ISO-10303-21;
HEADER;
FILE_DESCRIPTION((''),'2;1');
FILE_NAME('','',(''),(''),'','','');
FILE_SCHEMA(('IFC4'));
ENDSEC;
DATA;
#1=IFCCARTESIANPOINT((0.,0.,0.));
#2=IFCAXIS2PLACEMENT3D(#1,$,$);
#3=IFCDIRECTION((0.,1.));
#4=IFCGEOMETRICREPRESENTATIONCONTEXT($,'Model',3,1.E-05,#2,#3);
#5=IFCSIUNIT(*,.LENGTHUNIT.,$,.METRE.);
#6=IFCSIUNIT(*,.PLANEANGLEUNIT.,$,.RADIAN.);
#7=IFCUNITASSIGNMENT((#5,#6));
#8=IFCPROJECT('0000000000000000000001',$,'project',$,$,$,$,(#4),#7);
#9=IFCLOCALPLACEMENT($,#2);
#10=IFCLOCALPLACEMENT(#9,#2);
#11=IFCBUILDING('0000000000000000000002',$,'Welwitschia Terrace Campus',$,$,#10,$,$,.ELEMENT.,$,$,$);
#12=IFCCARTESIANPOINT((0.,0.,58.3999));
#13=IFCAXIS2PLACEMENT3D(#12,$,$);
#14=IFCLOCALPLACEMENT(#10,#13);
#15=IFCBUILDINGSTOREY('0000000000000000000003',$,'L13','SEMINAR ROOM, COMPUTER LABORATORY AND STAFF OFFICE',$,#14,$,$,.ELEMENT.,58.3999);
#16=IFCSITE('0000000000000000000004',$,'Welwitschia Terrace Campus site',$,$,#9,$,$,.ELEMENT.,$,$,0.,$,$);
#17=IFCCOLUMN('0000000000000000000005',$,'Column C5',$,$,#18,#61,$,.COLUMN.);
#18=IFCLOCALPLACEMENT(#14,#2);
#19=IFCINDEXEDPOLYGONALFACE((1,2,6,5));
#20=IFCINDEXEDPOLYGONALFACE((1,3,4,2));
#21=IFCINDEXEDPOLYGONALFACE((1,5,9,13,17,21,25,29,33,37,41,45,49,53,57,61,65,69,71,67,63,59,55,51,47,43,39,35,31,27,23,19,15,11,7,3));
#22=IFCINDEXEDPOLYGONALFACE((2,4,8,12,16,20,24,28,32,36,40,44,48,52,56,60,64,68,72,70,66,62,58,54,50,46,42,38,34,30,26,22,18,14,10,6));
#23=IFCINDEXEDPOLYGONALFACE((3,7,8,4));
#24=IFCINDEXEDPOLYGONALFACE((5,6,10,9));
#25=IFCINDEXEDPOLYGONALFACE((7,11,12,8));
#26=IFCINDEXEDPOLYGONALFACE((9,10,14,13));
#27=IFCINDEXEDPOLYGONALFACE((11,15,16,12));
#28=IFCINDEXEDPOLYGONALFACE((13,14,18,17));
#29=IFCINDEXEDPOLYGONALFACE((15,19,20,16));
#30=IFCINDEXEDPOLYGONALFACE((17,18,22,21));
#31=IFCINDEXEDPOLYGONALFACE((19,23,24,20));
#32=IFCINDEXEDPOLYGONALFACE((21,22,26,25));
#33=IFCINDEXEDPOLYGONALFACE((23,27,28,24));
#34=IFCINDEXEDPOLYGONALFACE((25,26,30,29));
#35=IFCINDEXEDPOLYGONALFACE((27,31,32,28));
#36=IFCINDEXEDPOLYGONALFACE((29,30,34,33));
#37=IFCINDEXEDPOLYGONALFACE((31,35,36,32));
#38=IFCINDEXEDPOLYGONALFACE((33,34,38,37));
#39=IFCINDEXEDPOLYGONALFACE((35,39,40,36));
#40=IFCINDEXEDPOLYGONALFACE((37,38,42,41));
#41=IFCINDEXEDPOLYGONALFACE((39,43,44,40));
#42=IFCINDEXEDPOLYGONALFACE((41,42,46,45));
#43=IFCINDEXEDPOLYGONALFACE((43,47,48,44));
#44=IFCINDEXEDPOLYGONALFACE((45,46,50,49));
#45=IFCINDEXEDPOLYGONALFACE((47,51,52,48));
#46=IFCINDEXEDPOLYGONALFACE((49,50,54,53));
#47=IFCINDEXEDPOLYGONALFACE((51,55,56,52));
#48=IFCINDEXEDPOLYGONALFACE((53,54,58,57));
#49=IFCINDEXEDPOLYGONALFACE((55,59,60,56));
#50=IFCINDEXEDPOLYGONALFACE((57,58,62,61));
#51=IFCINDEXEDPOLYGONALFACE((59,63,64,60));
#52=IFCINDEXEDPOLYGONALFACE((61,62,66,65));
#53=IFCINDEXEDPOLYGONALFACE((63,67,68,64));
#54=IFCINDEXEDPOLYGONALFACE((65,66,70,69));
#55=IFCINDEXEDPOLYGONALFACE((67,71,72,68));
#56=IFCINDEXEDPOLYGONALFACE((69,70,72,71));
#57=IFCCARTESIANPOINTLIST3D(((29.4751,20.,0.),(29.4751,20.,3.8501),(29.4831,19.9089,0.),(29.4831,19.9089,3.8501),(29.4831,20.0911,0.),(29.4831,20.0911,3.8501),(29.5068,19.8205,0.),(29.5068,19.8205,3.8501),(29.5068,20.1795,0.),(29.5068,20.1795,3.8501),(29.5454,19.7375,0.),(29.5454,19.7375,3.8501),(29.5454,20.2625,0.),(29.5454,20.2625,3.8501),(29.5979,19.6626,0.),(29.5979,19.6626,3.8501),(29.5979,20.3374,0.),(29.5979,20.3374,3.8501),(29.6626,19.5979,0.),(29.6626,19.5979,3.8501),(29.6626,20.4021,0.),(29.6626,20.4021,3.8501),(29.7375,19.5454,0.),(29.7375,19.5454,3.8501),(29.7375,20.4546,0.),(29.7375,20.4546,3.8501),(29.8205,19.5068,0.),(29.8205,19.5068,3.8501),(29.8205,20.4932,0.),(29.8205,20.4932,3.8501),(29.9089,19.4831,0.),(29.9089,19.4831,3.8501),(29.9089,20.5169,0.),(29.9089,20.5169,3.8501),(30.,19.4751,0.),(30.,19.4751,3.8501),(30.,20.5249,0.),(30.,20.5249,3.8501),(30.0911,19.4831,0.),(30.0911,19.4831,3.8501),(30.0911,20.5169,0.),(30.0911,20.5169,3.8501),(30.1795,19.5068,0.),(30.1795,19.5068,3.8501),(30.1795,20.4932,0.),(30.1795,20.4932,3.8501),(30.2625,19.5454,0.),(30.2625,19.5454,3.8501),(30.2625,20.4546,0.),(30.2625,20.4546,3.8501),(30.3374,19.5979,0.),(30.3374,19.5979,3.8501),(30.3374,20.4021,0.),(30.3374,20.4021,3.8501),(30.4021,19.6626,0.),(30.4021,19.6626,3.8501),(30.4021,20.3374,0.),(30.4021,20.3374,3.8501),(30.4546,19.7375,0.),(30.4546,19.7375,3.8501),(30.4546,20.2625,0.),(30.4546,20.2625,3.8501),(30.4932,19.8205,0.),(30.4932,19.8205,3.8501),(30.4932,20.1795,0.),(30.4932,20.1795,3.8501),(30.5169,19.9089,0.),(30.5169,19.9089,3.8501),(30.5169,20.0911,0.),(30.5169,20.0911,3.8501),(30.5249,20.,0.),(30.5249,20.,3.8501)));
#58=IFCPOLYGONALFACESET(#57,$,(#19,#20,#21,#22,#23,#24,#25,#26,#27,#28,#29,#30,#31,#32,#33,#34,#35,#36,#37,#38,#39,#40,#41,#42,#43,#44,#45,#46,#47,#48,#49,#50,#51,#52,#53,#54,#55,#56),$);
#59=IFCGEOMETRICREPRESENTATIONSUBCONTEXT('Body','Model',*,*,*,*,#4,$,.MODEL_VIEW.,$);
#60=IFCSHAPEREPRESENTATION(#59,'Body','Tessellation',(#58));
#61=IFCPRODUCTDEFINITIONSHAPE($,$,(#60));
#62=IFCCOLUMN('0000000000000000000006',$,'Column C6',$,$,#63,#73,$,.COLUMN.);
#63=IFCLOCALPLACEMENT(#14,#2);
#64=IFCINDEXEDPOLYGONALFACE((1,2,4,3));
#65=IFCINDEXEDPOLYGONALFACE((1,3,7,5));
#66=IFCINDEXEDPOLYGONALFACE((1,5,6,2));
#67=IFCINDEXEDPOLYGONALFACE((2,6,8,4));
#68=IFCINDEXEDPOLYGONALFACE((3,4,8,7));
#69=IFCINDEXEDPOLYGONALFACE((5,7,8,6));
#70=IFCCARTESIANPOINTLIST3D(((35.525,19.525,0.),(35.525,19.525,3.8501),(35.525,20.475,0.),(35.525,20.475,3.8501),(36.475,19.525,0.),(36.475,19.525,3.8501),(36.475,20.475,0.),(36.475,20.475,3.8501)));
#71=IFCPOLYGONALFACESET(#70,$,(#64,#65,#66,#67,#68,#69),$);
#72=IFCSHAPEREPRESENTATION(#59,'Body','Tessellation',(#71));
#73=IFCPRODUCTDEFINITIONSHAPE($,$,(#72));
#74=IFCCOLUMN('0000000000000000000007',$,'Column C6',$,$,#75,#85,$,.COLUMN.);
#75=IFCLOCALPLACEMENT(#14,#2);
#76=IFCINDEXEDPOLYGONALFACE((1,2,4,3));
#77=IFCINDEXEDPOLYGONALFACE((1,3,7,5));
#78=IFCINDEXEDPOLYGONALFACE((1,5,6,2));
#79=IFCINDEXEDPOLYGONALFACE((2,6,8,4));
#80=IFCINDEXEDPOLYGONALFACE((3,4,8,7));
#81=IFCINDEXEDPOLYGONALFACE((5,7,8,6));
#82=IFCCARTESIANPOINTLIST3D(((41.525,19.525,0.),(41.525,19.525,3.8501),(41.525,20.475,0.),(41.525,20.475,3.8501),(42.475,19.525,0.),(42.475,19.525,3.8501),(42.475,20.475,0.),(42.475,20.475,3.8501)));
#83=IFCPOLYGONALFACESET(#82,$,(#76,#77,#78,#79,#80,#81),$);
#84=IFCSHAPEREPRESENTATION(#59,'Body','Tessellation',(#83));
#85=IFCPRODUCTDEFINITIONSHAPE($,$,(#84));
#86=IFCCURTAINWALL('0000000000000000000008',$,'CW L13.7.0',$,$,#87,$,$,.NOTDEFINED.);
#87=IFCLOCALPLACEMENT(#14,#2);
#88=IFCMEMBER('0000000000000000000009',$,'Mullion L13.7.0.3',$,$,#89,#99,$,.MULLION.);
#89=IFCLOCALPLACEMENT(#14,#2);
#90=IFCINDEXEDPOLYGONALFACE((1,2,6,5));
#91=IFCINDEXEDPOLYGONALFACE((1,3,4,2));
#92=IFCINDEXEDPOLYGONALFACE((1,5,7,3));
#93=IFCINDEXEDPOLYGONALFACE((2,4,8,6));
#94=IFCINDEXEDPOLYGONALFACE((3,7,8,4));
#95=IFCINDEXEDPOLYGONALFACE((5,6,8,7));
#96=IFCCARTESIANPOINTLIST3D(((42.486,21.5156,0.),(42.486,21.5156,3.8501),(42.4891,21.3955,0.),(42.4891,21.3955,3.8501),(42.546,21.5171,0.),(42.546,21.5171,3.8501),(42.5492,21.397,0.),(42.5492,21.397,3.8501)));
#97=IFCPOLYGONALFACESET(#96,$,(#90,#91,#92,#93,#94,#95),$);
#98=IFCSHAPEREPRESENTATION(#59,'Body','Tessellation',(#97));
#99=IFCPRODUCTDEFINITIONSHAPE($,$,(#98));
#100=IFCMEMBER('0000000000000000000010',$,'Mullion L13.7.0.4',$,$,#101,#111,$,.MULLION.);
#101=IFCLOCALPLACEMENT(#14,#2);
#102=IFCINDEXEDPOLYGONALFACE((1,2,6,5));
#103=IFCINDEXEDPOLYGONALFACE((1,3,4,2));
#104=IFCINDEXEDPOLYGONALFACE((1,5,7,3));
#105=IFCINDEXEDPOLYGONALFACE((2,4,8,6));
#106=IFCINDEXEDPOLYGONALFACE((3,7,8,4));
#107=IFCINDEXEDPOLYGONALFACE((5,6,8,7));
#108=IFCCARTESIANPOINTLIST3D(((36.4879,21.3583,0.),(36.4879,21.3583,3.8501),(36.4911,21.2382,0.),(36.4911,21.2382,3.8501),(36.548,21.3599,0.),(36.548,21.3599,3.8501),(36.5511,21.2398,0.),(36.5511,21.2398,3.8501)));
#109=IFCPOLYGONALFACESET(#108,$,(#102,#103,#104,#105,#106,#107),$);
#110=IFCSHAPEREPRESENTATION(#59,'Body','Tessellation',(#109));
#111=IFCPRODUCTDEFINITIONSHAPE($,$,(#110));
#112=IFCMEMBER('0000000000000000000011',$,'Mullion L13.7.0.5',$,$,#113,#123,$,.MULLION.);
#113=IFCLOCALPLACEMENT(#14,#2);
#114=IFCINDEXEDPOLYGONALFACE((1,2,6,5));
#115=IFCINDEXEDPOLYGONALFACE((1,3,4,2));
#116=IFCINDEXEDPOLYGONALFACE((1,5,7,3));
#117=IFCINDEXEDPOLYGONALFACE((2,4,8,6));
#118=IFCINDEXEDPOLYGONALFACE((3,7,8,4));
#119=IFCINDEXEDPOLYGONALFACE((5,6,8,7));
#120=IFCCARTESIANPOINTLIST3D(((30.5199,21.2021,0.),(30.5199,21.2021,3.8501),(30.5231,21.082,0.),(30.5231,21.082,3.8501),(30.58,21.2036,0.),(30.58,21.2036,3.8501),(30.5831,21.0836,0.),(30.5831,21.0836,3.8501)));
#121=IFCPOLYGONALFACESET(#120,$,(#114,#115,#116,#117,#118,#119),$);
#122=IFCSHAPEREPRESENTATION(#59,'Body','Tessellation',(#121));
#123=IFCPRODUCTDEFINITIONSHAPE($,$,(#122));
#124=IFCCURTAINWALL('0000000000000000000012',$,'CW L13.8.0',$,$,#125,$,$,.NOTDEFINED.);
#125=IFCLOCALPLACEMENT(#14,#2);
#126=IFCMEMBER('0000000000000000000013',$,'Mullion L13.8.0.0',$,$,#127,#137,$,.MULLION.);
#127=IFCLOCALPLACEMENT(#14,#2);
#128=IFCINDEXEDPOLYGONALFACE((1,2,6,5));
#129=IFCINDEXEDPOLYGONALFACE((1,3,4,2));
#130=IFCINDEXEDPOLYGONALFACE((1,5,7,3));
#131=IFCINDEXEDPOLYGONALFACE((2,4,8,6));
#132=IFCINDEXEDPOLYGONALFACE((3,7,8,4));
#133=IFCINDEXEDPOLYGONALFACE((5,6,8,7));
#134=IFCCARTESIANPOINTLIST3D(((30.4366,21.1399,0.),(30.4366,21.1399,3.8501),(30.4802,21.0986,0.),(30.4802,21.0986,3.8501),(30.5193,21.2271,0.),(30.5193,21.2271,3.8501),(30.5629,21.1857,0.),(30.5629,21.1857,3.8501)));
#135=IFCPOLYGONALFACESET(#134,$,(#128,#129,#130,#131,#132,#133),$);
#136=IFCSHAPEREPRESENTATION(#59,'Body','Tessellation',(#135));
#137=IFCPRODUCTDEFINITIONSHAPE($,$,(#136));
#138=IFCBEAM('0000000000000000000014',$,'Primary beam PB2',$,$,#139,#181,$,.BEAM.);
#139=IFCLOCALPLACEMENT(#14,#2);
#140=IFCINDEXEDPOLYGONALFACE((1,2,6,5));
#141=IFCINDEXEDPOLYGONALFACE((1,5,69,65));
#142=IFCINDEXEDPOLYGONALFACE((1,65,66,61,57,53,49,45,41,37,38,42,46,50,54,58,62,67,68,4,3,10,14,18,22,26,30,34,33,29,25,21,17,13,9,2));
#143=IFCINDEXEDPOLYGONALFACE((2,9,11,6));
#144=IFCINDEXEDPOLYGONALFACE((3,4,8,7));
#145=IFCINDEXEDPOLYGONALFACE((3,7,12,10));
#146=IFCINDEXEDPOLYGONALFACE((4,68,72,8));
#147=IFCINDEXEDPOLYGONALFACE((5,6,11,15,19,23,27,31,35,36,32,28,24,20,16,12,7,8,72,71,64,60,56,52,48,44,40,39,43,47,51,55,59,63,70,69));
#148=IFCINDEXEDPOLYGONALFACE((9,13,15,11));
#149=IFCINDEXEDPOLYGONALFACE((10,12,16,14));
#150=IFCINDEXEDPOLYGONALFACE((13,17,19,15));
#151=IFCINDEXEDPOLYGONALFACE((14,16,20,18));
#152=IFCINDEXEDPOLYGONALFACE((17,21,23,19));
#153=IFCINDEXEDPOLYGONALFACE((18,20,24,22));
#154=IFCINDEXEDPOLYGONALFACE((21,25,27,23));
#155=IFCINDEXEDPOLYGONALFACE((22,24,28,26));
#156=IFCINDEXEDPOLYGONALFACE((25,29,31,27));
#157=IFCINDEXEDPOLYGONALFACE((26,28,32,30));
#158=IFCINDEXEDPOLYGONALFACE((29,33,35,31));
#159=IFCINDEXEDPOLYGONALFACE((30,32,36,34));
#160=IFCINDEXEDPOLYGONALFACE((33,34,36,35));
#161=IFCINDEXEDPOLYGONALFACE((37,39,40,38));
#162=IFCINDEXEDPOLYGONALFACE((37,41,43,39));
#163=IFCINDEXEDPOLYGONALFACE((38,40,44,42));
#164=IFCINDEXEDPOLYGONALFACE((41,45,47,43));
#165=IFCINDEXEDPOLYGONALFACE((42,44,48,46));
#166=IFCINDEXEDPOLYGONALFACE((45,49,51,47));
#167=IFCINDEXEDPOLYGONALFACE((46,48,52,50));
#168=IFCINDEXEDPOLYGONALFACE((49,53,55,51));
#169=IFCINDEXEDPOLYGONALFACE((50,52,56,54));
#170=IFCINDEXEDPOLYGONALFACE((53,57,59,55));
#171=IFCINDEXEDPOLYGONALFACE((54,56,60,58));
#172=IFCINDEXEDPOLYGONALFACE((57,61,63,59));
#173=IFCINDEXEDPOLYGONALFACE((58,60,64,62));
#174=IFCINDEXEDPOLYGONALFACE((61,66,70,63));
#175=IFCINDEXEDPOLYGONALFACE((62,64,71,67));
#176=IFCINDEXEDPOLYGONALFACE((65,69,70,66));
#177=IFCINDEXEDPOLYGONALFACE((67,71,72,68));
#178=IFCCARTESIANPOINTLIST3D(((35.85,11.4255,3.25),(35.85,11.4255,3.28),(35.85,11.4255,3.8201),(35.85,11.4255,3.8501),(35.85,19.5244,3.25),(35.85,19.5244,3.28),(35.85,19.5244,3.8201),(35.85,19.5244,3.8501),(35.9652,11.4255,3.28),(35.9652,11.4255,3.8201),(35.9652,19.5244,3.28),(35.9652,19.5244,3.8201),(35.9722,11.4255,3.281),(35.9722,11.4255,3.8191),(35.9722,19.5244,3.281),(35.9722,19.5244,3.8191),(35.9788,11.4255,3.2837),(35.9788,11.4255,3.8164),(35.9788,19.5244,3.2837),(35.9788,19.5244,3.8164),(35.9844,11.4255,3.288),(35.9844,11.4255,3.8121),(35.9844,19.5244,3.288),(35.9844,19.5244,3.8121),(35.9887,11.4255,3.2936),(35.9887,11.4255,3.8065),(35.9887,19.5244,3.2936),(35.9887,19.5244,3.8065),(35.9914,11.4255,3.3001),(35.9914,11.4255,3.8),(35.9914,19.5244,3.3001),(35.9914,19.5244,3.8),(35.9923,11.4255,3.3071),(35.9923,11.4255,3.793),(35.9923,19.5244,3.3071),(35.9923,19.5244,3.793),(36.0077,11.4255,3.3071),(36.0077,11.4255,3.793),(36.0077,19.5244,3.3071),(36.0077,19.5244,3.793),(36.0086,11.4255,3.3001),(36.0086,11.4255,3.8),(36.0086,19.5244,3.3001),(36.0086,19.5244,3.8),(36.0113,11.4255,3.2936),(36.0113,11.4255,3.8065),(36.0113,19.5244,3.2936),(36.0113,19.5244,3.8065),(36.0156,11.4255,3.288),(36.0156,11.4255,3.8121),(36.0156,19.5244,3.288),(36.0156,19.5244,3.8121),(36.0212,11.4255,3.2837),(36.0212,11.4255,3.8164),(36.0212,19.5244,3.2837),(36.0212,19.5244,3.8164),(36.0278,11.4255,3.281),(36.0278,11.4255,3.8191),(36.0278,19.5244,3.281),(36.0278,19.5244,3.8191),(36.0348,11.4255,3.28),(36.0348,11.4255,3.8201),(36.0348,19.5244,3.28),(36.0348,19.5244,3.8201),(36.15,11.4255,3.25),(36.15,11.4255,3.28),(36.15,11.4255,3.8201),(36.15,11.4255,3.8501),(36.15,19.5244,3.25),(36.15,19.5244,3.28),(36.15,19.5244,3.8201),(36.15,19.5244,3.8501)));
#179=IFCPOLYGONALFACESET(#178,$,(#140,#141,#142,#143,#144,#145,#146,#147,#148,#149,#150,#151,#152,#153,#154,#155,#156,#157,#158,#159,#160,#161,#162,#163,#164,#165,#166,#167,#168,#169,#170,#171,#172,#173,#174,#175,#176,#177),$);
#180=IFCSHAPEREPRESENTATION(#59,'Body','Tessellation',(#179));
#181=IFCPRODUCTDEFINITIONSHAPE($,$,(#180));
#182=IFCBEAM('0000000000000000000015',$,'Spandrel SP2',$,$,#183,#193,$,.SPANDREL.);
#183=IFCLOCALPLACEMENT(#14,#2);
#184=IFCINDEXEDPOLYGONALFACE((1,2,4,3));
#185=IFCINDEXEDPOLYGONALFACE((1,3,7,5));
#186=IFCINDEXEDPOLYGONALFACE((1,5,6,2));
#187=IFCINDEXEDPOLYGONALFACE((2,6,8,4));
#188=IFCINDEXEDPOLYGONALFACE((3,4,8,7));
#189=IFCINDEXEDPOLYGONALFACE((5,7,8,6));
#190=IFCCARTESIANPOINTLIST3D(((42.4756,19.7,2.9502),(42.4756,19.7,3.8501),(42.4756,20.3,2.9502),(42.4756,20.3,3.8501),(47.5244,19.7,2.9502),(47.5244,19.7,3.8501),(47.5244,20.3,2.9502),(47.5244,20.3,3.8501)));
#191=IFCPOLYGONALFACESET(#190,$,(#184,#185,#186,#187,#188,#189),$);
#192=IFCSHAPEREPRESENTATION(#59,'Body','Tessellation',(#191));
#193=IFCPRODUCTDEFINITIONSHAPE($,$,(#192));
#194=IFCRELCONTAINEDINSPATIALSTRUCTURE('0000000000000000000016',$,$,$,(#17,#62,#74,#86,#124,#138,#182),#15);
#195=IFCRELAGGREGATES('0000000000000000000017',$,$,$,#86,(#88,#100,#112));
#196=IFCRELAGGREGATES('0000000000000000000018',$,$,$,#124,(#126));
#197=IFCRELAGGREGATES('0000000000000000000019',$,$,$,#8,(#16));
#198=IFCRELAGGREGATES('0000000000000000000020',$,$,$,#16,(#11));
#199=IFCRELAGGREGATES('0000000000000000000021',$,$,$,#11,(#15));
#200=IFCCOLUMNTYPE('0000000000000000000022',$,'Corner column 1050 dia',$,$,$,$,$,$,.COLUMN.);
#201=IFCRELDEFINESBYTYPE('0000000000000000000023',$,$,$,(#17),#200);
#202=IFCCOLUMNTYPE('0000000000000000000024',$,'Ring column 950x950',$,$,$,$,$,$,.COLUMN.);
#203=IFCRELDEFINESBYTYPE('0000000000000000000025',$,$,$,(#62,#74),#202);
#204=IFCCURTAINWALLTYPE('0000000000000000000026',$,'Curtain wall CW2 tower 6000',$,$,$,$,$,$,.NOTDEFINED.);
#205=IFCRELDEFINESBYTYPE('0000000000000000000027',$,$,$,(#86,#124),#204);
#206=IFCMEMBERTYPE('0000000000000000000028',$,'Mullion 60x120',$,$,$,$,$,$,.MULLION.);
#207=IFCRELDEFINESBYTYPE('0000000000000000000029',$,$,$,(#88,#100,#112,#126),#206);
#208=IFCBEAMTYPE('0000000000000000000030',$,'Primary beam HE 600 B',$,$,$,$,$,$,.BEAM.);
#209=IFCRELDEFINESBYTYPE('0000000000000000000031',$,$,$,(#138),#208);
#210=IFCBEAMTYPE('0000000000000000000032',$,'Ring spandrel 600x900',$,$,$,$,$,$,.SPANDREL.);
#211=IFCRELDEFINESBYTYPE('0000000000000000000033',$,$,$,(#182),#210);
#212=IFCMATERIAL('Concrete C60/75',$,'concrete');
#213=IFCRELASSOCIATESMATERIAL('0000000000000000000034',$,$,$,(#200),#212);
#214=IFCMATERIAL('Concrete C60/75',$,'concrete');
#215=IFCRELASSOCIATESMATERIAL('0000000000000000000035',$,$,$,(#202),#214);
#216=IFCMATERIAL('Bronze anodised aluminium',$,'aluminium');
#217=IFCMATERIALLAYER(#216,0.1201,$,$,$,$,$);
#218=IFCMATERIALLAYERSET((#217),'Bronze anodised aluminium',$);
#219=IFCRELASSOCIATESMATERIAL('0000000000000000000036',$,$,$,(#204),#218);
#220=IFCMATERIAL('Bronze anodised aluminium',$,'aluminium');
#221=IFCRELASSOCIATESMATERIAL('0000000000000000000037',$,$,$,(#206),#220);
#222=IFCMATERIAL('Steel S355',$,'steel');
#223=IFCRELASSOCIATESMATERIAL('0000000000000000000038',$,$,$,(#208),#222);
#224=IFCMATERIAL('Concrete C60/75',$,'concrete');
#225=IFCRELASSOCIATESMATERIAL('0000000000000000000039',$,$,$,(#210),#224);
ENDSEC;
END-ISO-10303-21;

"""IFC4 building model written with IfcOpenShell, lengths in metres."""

from ifc_helpers import new_model, si_unit, direction, frame, origin, origin_2d, place, context, subcontext, project, spatial, rectangle, circle, i_section, extrude, material, layer, layer_set, material_profile, profile_set, type_object, element, aggregate, save


model = new_model("IFC4")

# Units and contexts
model_context = context("Model", 3, precision=1e-05, world=origin(), true_north=direction((0.0, 1.0)))
body_context = subcontext(model_context, "Body", "Model", "MODEL_VIEW")
ifc_project = project(units=[si_unit("LENGTHUNIT", "METRE"), si_unit("PLANEANGLEUNIT", "RADIAN")], contexts=[model_context])

# Site, building, storey
site_placement = place(None, origin())
site = spatial("IfcSite", under=ifc_project, at=site_placement, Name="Welwitschia Terrace Campus site", CompositionType="ELEMENT", RefElevation=0.0)
building_placement = place(site_placement, origin())
building = spatial("IfcBuilding", under=site, at=building_placement, Name="Welwitschia Terrace Campus", CompositionType="ELEMENT")
storey_placement = place(building_placement, frame((0.0, 0.0, 58.3999)))
storey = spatial("IfcBuildingStorey", under=building, at=storey_placement, Name="L13", Description="SEMINAR ROOM, COMPUTER LABORATORY AND STAFF OFFICE", CompositionType="ELEMENT", Elevation=58.3999)

# Columns
ifc_material_1 = material(Name="Concrete C60/75", Category="concrete")
ifc_material_profile_1 = material_profile(ifc_material_1, circle(Radius=0.5249, at=origin_2d()))
ifc_profile_set_1 = profile_set([ifc_material_profile_1], Name="Concrete C60/75")
column_type_1 = type_object("IfcColumnType", Name="Corner column 1050 dia", PredefinedType="COLUMN", material=ifc_profile_set_1)
column_placement = place(storey_placement, frame((30.0, 20.0, 0.0), z_axis=(0.0, 0.0, 1.0), x_axis=(1.0, 0.0, 0.0)))
element("IfcColumn", 1, at=column_placement, inside=storey, type_object=column_type_1, Name="Column C5", PredefinedType="COLUMN", context=body_context, shape_type="SweptSolid", body=[
    extrude(circle(Radius=0.5249, at=origin_2d()), origin(), (0.0, 0.0, 1.0), 3.8501),
])
ifc_material_2 = material(Name="Concrete C60/75", Category="concrete")
ifc_material_profile_2 = material_profile(ifc_material_2, rectangle(XDim=0.95, YDim=0.95, at=origin_2d()))
ifc_profile_set_2 = profile_set([ifc_material_profile_2], Name="Concrete C60/75")
column_type_2 = type_object("IfcColumnType", Name="Ring column 950x950", PredefinedType="COLUMN", material=ifc_profile_set_2)
for number, where, z_axis, x_axis, name in (
    (2, (36.0, 20.0, 0.0), (0.0, 0.0, 1.0), (1.0, 0.0, 0.0), "Column C6"),
    (3, (42.0, 20.0, 0.0), (0.0, 0.0, 1.0), (1.0, 0.0, 0.0), "Column C6"),
):
    element("IfcColumn", number, at=place(storey_placement, frame(where, z_axis=z_axis, x_axis=x_axis)), inside=storey, type_object=column_type_2, Name=name, PredefinedType="COLUMN", context=body_context, shape_type="SweptSolid", body=[
        extrude(rectangle(XDim=0.95, YDim=0.95, at=origin_2d()), origin(), (0.0, 0.0, 1.0), 3.8501),
    ])

# Curtain wall, members
ifc_material_3 = material(Name="Bronze anodised aluminium", Category="aluminium")
ifc_layer_1 = layer(ifc_material_3, 0.1201)
ifc_layer_set_1 = layer_set([ifc_layer_1], Name="Bronze anodised aluminium")
curtain_wall_type = type_object("IfcCurtainWallType", Name="Curtain wall CW2 tower 6000", PredefinedType="NOTDEFINED", material=ifc_layer_set_1)
curtain_wall_1_placement = place(storey_placement, origin())
curtain_wall_1 = element("IfcCurtainWall", 4, at=curtain_wall_1_placement, inside=storey, type_object=curtain_wall_type, Name="CW L13.7.0", PredefinedType="NOTDEFINED")
ifc_material_4 = material(Name="Bronze anodised aluminium", Category="aluminium")
ifc_material_profile_3 = material_profile(ifc_material_4, rectangle(XDim=0.1201, YDim=0.0601, at=origin_2d()))
ifc_profile_set_3 = profile_set([ifc_material_profile_3], Name="Bronze anodised aluminium")
member_type_1 = type_object("IfcMemberType", Name="Mullion 60x120", PredefinedType="MULLION", material=ifc_profile_set_3)
member_1_placement = place(storey_placement, frame((42.5176, 21.4563, 0.0), z_axis=(0.0, 0.0, 1.0), x_axis=(0.026177, -0.999657, 0.0)))
member_1 = element("IfcMember", 5, at=member_1_placement, type_object=member_type_1, Name="Mullion L13.7.0.3", PredefinedType="MULLION", context=body_context, shape_type="SweptSolid", body=[
    extrude(rectangle(XDim=0.1201, YDim=0.0601, at=origin_2d()), origin(), (0.0, 0.0, 1.0), 3.8501),
])
member_2_placement = place(storey_placement, frame((36.5195, 21.2991, 0.0), z_axis=(0.0, 0.0, 1.0), x_axis=(0.026177, -0.999657, 0.0)))
member_2 = element("IfcMember", 6, at=member_2_placement, type_object=member_type_1, Name="Mullion L13.7.0.4", PredefinedType="MULLION", context=body_context, shape_type="SweptSolid", body=[
    extrude(rectangle(XDim=0.1201, YDim=0.0601, at=origin_2d()), origin(), (0.0, 0.0, 1.0), 3.8501),
])
member_3_placement = place(storey_placement, frame((30.5515, 21.1428, 0.0), z_axis=(0.0, 0.0, 1.0), x_axis=(0.026177, -0.999657, 0.0)))
member_3 = element("IfcMember", 7, at=member_3_placement, type_object=member_type_1, Name="Mullion L13.7.0.5", PredefinedType="MULLION", context=body_context, shape_type="SweptSolid", body=[
    extrude(rectangle(XDim=0.1201, YDim=0.0601, at=origin_2d()), origin(), (0.0, 0.0, 1.0), 3.8501),
])

# Curtain wall, member
curtain_wall_2_placement = place(storey_placement, origin())
curtain_wall_2 = element("IfcCurtainWall", 8, at=curtain_wall_2_placement, inside=storey, type_object=curtain_wall_type, Name="CW L13.8.0", PredefinedType="NOTDEFINED")
member_4_placement = place(storey_placement, frame((30.4998, 21.1628, 0.0), z_axis=(0.0, 0.0, 1.0), x_axis=(-0.688355, -0.725374, 0.0)))
member_4 = element("IfcMember", 9, at=member_4_placement, type_object=member_type_1, Name="Mullion L13.8.0.0", PredefinedType="MULLION", context=body_context, shape_type="SweptSolid", body=[
    extrude(rectangle(XDim=0.1201, YDim=0.0601, at=origin_2d()), origin(), (0.0, 0.0, 1.0), 3.8501),
])

# Beams
ifc_material_5 = material(Name="Steel S355", Category="steel")
ifc_material_profile_4 = material_profile(ifc_material_5, i_section(OverallWidth=0.3, OverallDepth=0.6001, WebThickness=0.0154, FlangeThickness=0.03, FilletRadius=0.0271, at=origin_2d()))
ifc_profile_set_4 = profile_set([ifc_material_profile_4], Name="Steel S355")
beam_type_1 = type_object("IfcBeamType", Name="Primary beam HE 600 B", PredefinedType="BEAM", material=ifc_profile_set_4)
beam_1_placement = place(storey_placement, frame((36.0, 19.5244, 3.55), z_axis=(0.0, -1.0, 0.0), x_axis=(1.0, 0.0, 0.0)))
element("IfcBeam", 10, at=beam_1_placement, inside=storey, type_object=beam_type_1, Name="Primary beam PB2", PredefinedType="BEAM", context=body_context, shape_type="SweptSolid", body=[
    extrude(i_section(OverallWidth=0.3, OverallDepth=0.6001, WebThickness=0.0154, FlangeThickness=0.03, FilletRadius=0.0271, at=origin_2d()), origin(), (0.0, 0.0, 1.0), 8.0989),
])
ifc_material_6 = material(Name="Concrete C60/75", Category="concrete")
ifc_material_profile_5 = material_profile(ifc_material_6, rectangle(XDim=0.6001, YDim=0.8999, at=origin_2d()))
ifc_profile_set_5 = profile_set([ifc_material_profile_5], Name="Concrete C60/75")
beam_type_2 = type_object("IfcBeamType", Name="Ring spandrel 600x900", PredefinedType="SPANDREL", material=ifc_profile_set_5)
for number, where, z_axis, x_axis, name in (
    (11, (47.5244, 20.0, 3.4001), (-1.0, 0.0, 0.0), (0.0, -1.0, 0.0), "Spandrel SP2"),
):
    element("IfcBeam", number, at=place(storey_placement, frame(where, z_axis=z_axis, x_axis=x_axis)), inside=storey, type_object=beam_type_2, Name=name, PredefinedType="SPANDREL", context=body_context, shape_type="SweptSolid", body=[
        extrude(rectangle(XDim=0.6001, YDim=0.8999, at=origin_2d()), origin(), (0.0, 0.0, 1.0), 5.0488),
    ])

aggregate(curtain_wall_1, [member_1, member_2, member_3])
aggregate(curtain_wall_2, [member_4])

save(model, "model.ifc")
